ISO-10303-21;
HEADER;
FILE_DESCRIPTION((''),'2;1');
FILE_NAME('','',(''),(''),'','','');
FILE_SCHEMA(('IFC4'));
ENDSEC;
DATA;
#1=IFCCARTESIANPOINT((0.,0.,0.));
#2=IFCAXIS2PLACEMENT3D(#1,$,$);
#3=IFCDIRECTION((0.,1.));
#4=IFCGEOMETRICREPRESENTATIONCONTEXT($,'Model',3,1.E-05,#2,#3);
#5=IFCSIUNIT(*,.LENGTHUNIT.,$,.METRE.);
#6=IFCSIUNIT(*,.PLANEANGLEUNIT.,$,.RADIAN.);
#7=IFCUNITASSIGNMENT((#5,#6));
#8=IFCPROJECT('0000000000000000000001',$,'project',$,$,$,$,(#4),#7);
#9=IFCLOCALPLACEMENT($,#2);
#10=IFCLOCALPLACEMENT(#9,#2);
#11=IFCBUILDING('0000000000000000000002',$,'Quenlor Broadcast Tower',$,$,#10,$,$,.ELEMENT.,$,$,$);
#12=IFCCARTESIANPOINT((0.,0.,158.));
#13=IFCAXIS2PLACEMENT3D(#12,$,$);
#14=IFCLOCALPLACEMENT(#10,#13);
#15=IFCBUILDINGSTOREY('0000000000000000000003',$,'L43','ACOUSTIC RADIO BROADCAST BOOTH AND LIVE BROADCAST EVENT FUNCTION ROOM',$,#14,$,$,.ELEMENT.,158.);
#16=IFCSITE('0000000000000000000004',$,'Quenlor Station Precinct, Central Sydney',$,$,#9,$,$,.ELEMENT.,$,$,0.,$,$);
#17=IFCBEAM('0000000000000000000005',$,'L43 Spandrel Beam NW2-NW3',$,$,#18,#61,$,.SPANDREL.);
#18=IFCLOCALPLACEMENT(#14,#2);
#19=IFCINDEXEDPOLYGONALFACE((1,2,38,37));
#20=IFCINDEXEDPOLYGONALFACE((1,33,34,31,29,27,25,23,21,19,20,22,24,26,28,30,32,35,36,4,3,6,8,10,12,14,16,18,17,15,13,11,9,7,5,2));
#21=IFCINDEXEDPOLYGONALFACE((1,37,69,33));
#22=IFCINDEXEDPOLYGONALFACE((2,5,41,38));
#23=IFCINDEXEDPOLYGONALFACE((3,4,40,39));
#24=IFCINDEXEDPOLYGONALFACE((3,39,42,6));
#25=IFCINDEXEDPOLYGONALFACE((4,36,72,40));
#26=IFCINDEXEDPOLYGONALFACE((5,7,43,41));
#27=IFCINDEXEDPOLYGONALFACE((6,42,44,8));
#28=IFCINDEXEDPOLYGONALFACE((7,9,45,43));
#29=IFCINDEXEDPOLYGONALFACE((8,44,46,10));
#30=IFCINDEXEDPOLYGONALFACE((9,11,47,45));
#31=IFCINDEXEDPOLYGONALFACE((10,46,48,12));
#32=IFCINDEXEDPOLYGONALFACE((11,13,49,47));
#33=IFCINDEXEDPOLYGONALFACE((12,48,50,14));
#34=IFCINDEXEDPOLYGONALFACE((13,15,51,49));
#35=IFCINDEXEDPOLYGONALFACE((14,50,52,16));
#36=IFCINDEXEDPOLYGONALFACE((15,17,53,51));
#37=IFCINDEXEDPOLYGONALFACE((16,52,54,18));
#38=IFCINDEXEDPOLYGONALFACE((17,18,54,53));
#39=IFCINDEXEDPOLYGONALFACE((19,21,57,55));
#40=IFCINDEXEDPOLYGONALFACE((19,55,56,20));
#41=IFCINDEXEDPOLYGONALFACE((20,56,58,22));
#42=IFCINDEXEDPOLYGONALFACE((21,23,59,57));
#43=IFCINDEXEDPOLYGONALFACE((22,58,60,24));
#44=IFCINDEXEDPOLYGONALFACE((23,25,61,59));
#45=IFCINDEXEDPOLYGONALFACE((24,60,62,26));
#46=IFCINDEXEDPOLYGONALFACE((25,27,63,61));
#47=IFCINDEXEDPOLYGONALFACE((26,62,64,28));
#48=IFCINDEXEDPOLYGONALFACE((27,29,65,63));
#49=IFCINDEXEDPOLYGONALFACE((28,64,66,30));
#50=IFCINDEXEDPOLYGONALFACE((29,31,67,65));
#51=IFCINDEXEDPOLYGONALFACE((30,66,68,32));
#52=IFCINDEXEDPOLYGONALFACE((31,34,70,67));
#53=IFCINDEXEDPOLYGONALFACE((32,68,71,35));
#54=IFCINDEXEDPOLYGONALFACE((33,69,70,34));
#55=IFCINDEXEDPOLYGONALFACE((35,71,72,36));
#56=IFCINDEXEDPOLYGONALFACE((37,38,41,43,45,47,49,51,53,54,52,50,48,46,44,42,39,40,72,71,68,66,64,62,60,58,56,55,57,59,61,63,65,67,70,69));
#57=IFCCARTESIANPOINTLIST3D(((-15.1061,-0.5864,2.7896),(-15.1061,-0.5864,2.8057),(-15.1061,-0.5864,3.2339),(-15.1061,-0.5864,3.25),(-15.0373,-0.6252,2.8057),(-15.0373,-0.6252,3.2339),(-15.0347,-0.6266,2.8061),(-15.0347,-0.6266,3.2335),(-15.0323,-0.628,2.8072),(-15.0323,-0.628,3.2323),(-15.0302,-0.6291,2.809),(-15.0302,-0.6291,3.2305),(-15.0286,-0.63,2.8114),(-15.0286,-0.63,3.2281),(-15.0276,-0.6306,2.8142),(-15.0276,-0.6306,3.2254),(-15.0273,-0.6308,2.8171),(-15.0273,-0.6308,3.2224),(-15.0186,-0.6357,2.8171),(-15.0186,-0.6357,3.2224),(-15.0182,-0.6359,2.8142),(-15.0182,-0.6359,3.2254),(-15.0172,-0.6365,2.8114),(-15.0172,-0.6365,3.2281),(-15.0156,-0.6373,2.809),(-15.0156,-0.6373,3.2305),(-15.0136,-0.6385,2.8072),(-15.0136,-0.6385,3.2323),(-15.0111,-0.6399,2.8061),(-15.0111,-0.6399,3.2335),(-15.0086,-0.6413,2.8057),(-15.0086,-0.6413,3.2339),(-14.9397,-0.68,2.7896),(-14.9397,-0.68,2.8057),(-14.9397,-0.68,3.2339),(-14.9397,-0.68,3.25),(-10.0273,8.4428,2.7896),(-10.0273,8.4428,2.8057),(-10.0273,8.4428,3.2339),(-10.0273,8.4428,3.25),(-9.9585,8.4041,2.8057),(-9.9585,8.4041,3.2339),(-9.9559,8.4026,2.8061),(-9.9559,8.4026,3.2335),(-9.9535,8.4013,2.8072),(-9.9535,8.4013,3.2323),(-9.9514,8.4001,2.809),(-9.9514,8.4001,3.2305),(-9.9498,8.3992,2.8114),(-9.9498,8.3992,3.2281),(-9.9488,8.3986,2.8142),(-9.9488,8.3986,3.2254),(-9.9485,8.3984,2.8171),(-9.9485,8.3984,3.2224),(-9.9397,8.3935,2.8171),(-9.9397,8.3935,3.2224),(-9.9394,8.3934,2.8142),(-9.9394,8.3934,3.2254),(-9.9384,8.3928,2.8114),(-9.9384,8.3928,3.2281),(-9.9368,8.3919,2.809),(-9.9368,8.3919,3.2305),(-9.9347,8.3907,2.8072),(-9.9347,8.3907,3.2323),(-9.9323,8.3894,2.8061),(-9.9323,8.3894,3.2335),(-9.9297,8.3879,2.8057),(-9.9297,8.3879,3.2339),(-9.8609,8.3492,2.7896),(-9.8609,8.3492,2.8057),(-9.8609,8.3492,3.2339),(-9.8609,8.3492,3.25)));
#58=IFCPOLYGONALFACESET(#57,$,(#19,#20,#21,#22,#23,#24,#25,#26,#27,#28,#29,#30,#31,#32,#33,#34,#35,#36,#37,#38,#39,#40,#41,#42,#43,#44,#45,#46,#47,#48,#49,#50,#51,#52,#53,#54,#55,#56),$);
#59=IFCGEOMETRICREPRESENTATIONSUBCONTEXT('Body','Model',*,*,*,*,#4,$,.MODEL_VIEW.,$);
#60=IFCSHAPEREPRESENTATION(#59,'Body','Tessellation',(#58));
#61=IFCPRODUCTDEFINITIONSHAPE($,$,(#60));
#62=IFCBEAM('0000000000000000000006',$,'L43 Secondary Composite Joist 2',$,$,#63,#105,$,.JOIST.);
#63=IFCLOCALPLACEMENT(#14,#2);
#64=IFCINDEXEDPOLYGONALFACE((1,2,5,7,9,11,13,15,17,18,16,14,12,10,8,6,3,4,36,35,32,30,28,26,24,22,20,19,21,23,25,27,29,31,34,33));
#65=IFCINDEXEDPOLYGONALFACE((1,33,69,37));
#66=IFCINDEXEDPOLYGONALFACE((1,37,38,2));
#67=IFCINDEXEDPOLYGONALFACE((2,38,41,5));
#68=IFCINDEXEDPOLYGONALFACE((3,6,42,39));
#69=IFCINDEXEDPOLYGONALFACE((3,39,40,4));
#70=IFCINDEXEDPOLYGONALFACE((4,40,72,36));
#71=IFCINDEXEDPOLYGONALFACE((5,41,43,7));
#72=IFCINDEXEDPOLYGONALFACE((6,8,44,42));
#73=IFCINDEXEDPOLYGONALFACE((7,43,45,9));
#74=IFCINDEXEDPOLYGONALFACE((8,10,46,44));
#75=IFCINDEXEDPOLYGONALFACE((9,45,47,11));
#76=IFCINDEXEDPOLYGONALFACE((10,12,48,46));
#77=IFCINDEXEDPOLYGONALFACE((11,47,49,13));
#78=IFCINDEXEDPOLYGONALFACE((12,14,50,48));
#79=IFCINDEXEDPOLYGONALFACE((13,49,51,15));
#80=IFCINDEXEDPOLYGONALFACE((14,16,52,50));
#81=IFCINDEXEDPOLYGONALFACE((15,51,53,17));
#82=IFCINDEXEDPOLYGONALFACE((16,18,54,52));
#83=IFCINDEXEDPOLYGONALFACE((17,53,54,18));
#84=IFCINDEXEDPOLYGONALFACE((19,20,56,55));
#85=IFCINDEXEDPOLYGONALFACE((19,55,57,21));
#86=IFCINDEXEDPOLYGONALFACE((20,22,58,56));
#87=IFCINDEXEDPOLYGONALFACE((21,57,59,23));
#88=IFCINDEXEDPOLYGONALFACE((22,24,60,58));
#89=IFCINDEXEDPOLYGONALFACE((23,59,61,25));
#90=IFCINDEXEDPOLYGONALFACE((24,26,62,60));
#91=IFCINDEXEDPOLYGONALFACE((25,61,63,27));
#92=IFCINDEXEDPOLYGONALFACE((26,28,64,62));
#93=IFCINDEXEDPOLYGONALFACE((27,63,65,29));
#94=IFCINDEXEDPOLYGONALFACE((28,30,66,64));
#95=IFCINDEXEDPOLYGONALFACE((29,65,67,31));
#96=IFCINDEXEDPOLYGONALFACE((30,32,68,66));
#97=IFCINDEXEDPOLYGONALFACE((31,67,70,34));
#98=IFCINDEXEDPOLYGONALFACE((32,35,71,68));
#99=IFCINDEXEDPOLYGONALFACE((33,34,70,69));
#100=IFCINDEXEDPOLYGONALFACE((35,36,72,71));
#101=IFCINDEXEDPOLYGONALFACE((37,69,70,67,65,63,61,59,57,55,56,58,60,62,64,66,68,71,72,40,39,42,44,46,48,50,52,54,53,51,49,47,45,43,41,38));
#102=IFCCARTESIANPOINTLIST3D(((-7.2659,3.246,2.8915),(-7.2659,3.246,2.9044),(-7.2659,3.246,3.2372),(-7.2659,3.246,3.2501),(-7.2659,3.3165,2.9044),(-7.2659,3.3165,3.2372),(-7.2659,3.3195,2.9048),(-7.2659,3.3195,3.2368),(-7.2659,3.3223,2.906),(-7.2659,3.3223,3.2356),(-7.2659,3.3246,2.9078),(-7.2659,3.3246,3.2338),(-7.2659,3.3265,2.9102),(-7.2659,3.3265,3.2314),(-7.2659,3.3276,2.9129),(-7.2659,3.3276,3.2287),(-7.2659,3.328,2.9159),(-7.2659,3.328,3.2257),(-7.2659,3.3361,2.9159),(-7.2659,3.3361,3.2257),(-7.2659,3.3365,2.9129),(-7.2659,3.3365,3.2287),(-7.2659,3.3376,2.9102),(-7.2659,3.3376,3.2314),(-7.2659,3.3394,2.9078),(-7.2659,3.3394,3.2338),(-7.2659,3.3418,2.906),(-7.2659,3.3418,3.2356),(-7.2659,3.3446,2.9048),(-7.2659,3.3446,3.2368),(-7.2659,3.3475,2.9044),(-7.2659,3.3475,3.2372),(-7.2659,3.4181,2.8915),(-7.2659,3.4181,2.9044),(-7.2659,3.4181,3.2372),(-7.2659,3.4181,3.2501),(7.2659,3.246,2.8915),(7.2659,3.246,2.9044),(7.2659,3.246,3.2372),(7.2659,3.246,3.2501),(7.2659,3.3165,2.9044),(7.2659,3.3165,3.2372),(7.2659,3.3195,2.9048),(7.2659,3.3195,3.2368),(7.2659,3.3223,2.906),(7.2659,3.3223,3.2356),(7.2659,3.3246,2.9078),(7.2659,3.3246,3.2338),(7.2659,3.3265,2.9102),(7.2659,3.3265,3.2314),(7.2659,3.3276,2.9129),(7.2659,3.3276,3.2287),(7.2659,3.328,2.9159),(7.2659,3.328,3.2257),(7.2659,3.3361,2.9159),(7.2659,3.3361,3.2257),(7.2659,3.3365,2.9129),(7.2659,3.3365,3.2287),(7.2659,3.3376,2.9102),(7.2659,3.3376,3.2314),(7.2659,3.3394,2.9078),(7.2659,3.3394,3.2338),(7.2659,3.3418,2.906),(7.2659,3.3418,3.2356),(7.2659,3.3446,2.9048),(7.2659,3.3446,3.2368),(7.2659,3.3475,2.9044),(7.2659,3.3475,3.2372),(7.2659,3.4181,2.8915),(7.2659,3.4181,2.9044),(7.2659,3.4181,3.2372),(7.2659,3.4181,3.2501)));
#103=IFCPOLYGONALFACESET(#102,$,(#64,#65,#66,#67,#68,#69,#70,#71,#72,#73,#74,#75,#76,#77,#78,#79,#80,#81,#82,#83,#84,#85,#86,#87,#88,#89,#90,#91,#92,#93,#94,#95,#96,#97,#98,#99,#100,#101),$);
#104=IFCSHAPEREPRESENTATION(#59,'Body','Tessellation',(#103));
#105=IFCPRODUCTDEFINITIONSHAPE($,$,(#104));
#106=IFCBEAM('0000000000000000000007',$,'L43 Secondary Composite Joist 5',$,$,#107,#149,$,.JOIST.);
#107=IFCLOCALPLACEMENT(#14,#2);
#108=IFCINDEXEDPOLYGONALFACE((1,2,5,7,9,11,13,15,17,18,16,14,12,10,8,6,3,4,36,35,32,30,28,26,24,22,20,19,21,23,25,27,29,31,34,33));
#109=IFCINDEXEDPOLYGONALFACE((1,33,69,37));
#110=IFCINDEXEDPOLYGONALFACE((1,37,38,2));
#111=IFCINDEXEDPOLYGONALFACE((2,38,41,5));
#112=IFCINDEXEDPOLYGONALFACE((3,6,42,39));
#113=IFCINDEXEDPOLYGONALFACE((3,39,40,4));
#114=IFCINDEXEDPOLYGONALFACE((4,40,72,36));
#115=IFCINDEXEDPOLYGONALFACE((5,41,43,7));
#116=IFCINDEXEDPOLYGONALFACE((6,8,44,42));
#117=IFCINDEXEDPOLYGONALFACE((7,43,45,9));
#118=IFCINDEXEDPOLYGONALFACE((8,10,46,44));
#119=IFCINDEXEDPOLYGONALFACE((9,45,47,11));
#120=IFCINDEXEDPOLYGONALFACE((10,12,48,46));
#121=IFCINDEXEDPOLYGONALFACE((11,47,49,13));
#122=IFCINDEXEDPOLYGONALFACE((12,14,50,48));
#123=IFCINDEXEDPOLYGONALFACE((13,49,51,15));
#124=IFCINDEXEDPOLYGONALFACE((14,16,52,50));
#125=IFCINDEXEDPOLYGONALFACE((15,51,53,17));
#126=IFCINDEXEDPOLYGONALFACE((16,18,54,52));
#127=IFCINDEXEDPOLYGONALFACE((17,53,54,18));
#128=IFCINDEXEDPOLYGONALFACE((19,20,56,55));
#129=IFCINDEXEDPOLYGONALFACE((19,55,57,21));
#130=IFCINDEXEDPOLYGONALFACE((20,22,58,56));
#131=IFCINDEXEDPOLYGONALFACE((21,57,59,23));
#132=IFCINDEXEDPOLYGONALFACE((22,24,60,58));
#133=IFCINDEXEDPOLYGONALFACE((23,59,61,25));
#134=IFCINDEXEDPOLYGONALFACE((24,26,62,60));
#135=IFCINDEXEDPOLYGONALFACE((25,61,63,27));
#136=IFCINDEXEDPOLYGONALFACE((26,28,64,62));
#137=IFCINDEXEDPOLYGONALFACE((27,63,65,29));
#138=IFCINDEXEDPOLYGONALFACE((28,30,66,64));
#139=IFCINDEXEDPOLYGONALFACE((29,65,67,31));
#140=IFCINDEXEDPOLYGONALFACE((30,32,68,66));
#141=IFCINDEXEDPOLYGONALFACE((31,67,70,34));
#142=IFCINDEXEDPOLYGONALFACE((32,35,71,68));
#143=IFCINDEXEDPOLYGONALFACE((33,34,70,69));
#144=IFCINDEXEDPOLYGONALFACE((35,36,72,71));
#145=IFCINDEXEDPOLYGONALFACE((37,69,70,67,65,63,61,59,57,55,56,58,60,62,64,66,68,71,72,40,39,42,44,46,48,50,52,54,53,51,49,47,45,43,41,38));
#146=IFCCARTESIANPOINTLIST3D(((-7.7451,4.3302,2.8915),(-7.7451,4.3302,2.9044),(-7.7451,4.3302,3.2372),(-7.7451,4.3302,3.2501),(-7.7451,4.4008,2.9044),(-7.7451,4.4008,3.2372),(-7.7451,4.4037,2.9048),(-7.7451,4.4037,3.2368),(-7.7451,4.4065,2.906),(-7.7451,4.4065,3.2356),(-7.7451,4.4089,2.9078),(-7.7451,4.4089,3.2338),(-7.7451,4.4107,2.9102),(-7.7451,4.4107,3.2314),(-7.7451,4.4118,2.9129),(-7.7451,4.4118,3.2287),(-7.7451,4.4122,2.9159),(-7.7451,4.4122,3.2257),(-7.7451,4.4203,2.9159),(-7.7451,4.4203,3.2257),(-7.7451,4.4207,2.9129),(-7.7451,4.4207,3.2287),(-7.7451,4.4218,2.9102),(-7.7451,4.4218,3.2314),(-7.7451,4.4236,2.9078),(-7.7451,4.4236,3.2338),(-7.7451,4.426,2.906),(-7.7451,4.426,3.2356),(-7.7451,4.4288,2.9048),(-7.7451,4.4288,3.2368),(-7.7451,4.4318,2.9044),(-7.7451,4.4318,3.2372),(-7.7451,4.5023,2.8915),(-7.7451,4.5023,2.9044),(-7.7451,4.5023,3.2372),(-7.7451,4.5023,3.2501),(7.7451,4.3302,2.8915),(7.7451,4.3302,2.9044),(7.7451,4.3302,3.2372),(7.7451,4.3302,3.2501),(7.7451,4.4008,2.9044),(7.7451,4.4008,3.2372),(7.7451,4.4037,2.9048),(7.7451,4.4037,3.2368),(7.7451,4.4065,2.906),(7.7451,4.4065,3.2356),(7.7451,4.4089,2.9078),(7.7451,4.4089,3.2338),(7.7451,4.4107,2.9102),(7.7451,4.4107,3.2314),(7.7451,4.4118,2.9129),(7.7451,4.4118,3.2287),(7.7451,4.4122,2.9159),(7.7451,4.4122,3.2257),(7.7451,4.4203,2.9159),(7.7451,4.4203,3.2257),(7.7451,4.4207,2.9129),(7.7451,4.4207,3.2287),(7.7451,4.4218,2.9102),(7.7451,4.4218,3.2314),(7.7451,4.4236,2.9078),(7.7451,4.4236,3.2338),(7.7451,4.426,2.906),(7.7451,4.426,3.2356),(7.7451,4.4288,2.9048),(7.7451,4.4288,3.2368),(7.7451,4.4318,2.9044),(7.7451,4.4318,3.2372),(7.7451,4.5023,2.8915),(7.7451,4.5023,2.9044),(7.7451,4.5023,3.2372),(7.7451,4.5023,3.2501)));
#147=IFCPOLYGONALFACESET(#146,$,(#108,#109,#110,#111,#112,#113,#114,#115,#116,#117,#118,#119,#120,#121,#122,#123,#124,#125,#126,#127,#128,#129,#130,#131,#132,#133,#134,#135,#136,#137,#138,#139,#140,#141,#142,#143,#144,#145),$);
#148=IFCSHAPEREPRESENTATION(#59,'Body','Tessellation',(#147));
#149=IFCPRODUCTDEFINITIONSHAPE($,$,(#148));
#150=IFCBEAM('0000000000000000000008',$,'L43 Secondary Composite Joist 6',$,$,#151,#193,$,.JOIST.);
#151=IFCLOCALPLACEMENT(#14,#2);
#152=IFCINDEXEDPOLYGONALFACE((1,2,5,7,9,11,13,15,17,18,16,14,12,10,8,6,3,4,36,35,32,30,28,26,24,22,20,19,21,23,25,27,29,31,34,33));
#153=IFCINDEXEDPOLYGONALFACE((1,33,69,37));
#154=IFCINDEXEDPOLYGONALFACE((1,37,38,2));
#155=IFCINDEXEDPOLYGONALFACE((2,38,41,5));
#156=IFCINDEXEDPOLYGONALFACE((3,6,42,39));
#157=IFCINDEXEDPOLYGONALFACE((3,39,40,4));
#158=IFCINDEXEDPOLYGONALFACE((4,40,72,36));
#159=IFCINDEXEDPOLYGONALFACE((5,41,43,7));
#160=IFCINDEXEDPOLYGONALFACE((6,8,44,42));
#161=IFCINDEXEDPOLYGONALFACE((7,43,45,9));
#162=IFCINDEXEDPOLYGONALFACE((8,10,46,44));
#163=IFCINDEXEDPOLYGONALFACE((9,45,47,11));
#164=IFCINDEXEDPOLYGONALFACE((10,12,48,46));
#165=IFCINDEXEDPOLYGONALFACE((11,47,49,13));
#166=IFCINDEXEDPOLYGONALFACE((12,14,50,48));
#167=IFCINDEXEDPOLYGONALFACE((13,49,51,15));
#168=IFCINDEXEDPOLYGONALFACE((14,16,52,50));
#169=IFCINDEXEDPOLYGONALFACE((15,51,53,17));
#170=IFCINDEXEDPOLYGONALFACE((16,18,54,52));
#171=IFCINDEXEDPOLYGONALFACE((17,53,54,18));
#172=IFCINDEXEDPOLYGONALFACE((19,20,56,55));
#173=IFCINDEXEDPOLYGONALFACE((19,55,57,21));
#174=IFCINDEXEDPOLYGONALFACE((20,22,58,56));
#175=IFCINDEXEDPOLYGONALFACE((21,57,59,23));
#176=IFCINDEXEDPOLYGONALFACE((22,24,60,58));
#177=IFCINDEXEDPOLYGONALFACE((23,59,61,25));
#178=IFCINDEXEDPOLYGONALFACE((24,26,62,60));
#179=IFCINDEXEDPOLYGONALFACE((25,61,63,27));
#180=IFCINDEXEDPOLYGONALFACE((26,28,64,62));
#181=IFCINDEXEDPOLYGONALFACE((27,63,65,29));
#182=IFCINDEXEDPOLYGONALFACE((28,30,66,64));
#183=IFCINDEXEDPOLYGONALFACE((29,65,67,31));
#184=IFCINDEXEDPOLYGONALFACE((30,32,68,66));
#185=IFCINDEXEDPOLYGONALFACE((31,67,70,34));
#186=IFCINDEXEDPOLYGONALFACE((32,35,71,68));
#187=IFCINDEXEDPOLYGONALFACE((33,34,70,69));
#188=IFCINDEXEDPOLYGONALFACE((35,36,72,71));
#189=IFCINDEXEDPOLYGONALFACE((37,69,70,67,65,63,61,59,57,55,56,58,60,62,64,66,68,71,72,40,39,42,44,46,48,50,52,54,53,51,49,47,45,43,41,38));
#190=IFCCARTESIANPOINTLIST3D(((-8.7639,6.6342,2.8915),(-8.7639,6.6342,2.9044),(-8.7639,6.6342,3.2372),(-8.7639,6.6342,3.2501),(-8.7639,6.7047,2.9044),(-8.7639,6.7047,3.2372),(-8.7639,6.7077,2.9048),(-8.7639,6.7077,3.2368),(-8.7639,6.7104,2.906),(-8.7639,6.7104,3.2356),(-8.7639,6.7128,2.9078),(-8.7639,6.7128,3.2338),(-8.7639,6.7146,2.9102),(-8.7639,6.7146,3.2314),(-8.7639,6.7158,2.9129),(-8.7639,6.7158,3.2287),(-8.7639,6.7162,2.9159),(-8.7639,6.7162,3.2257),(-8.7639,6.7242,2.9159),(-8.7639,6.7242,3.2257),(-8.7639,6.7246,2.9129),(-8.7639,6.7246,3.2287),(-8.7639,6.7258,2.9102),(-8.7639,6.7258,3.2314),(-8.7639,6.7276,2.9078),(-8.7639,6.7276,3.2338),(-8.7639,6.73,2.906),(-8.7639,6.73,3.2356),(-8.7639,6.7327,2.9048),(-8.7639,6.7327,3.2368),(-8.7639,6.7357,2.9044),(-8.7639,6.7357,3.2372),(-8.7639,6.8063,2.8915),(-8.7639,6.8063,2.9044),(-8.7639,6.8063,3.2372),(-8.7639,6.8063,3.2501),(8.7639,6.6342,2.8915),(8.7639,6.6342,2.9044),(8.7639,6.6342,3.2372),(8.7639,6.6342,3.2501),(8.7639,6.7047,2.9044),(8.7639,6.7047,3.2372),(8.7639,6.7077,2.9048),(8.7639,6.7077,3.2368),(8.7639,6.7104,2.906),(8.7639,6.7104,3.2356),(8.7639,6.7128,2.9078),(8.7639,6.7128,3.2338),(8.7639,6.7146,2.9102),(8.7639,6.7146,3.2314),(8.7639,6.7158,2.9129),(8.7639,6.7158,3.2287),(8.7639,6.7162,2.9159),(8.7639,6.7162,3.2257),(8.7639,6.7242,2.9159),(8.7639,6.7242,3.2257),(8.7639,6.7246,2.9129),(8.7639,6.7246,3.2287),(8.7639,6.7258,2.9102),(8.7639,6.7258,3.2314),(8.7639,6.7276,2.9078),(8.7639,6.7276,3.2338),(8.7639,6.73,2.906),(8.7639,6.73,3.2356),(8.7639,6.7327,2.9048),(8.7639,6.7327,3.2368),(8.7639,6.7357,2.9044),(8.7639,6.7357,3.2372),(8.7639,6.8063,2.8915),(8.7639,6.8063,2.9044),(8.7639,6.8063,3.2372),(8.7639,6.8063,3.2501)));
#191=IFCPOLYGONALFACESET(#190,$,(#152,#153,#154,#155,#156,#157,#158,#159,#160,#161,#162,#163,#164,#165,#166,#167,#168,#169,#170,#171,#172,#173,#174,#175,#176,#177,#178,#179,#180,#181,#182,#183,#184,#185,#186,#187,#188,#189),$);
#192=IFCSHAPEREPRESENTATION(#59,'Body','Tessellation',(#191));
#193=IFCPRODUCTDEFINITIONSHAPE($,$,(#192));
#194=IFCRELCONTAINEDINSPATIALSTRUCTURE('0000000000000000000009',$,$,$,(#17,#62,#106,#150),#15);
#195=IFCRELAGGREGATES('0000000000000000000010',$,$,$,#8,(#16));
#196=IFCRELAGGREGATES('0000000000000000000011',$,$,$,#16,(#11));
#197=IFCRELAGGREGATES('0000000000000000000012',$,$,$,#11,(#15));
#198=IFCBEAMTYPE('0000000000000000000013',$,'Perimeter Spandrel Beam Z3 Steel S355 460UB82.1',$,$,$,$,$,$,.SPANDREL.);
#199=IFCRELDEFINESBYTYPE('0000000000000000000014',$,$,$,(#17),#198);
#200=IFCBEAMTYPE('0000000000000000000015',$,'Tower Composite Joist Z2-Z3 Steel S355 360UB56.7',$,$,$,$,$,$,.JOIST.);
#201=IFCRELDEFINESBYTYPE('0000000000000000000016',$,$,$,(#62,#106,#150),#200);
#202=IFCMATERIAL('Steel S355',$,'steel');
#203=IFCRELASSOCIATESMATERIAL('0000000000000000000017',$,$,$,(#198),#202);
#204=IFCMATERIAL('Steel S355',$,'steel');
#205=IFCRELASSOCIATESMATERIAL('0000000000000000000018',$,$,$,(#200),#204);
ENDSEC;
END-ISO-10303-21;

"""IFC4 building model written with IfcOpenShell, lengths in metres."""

from ifc_helpers import new_model, si_unit, direction, frame, origin, origin_2d, place, context, subcontext, project, spatial, i_section, extrude, material, material_profile, profile_set, type_object, element, save


model = new_model("IFC4")

# Units and contexts
model_context = context("Model", 3, precision=1e-05, world=origin(), true_north=direction((0.0, 1.0)))
body_context = subcontext(model_context, "Body", "Model", "MODEL_VIEW")
ifc_project = project(units=[si_unit("LENGTHUNIT", "METRE"), si_unit("PLANEANGLEUNIT", "RADIAN")], contexts=[model_context])

# Site, building, storey
site_placement = place(None, origin())
site = spatial("IfcSite", under=ifc_project, at=site_placement, Name="Quenlor Station Precinct, Central Sydney", CompositionType="ELEMENT", RefElevation=0.0)
building_placement = place(site_placement, origin())
building = spatial("IfcBuilding", under=site, at=building_placement, Name="Quenlor Broadcast Tower", CompositionType="ELEMENT")
storey_placement = place(building_placement, frame((0.0, 0.0, 158.0)))
storey = spatial("IfcBuildingStorey", under=building, at=storey_placement, Name="L43", Description="ACOUSTIC RADIO BROADCAST BOOTH AND LIVE BROADCAST EVENT FUNCTION ROOM", CompositionType="ELEMENT", Elevation=158.0)

# Beams
ifc_material_1 = material(Name="Steel S355", Category="steel")
ifc_material_profile_1 = material_profile(ifc_material_1, i_section(OverallWidth=0.1909, OverallDepth=0.4604, WebThickness=0.01, FlangeThickness=0.0161, FilletRadius=0.0115, at=origin_2d()))
ifc_profile_set_1 = profile_set([ifc_material_profile_1], Name="Steel S355 460UB82.1")
beam_type_1 = type_object("IfcBeamType", Name="Perimeter Spandrel Beam Z3 Steel S355 460UB82.1", PredefinedType="SPANDREL", material=ifc_profile_set_1)
beam_1_placement = place(storey_placement, frame((-9.9441, 8.396, 3.0198), z_axis=(-0.490252, -0.871581, 0.0), x_axis=(0.871581, -0.490252, 0.0)))
element("IfcBeam", 1, at=beam_1_placement, inside=storey, type_object=beam_type_1, Name="L43 Spandrel Beam NW2-NW3", PredefinedType="SPANDREL", context=body_context, shape_type="SweptSolid", body=[
    extrude(i_section(OverallWidth=0.1909, OverallDepth=0.4604, WebThickness=0.01, FlangeThickness=0.0161, FilletRadius=0.0115, at=origin_2d()), origin(), (0.0, 0.0, 1.0), 10.3596),
])
ifc_material_2 = material(Name="Steel S355", Category="steel")
ifc_material_profile_2 = material_profile(ifc_material_2, i_section(OverallWidth=0.1721, OverallDepth=0.3586, WebThickness=0.0081, FlangeThickness=0.0129, FilletRadius=0.0115, at=origin_2d()))
ifc_profile_set_2 = profile_set([ifc_material_profile_2], Name="Steel S355 360UB56.7")
beam_type_2 = type_object("IfcBeamType", Name="Tower Composite Joist Z2-Z3 Steel S355 360UB56.7", PredefinedType="JOIST", material=ifc_profile_set_2)
beam_2_placement = place(storey_placement, frame((-7.2659, 3.332, 3.0708), z_axis=(1.0, 0.0, 0.0), x_axis=(0.0, 1.0, 0.0)))
element("IfcBeam", 2, at=beam_2_placement, inside=storey, type_object=beam_type_2, Name="L43 Secondary Composite Joist 2", PredefinedType="JOIST", context=body_context, shape_type="SweptSolid", body=[
    extrude(i_section(OverallWidth=0.1721, OverallDepth=0.3586, WebThickness=0.0081, FlangeThickness=0.0129, FilletRadius=0.0115, at=origin_2d()), origin(), (0.0, 0.0, 1.0), 14.5317),
])
beam_3_placement = place(storey_placement, frame((-7.7451, 4.4163, 3.0708), z_axis=(1.0, 0.0, 0.0), x_axis=(0.0, 1.0, 0.0)))
element("IfcBeam", 3, at=beam_3_placement, inside=storey, type_object=beam_type_2, Name="L43 Secondary Composite Joist 5", PredefinedType="JOIST", context=body_context, shape_type="SweptSolid", body=[
    extrude(i_section(OverallWidth=0.1721, OverallDepth=0.3586, WebThickness=0.0081, FlangeThickness=0.0129, FilletRadius=0.0115, at=origin_2d()), origin(), (0.0, 0.0, 1.0), 15.4902),
])
beam_4_placement = place(storey_placement, frame((-8.7639, 6.7202, 3.0708), z_axis=(1.0, 0.0, 0.0), x_axis=(0.0, 1.0, 0.0)))
element("IfcBeam", 4, at=beam_4_placement, inside=storey, type_object=beam_type_2, Name="L43 Secondary Composite Joist 6", PredefinedType="JOIST", context=body_context, shape_type="SweptSolid", body=[
    extrude(i_section(OverallWidth=0.1721, OverallDepth=0.3586, WebThickness=0.0081, FlangeThickness=0.0129, FilletRadius=0.0115, at=origin_2d()), origin(), (0.0, 0.0, 1.0), 17.5278),
])

save(model, "model.ifc")
